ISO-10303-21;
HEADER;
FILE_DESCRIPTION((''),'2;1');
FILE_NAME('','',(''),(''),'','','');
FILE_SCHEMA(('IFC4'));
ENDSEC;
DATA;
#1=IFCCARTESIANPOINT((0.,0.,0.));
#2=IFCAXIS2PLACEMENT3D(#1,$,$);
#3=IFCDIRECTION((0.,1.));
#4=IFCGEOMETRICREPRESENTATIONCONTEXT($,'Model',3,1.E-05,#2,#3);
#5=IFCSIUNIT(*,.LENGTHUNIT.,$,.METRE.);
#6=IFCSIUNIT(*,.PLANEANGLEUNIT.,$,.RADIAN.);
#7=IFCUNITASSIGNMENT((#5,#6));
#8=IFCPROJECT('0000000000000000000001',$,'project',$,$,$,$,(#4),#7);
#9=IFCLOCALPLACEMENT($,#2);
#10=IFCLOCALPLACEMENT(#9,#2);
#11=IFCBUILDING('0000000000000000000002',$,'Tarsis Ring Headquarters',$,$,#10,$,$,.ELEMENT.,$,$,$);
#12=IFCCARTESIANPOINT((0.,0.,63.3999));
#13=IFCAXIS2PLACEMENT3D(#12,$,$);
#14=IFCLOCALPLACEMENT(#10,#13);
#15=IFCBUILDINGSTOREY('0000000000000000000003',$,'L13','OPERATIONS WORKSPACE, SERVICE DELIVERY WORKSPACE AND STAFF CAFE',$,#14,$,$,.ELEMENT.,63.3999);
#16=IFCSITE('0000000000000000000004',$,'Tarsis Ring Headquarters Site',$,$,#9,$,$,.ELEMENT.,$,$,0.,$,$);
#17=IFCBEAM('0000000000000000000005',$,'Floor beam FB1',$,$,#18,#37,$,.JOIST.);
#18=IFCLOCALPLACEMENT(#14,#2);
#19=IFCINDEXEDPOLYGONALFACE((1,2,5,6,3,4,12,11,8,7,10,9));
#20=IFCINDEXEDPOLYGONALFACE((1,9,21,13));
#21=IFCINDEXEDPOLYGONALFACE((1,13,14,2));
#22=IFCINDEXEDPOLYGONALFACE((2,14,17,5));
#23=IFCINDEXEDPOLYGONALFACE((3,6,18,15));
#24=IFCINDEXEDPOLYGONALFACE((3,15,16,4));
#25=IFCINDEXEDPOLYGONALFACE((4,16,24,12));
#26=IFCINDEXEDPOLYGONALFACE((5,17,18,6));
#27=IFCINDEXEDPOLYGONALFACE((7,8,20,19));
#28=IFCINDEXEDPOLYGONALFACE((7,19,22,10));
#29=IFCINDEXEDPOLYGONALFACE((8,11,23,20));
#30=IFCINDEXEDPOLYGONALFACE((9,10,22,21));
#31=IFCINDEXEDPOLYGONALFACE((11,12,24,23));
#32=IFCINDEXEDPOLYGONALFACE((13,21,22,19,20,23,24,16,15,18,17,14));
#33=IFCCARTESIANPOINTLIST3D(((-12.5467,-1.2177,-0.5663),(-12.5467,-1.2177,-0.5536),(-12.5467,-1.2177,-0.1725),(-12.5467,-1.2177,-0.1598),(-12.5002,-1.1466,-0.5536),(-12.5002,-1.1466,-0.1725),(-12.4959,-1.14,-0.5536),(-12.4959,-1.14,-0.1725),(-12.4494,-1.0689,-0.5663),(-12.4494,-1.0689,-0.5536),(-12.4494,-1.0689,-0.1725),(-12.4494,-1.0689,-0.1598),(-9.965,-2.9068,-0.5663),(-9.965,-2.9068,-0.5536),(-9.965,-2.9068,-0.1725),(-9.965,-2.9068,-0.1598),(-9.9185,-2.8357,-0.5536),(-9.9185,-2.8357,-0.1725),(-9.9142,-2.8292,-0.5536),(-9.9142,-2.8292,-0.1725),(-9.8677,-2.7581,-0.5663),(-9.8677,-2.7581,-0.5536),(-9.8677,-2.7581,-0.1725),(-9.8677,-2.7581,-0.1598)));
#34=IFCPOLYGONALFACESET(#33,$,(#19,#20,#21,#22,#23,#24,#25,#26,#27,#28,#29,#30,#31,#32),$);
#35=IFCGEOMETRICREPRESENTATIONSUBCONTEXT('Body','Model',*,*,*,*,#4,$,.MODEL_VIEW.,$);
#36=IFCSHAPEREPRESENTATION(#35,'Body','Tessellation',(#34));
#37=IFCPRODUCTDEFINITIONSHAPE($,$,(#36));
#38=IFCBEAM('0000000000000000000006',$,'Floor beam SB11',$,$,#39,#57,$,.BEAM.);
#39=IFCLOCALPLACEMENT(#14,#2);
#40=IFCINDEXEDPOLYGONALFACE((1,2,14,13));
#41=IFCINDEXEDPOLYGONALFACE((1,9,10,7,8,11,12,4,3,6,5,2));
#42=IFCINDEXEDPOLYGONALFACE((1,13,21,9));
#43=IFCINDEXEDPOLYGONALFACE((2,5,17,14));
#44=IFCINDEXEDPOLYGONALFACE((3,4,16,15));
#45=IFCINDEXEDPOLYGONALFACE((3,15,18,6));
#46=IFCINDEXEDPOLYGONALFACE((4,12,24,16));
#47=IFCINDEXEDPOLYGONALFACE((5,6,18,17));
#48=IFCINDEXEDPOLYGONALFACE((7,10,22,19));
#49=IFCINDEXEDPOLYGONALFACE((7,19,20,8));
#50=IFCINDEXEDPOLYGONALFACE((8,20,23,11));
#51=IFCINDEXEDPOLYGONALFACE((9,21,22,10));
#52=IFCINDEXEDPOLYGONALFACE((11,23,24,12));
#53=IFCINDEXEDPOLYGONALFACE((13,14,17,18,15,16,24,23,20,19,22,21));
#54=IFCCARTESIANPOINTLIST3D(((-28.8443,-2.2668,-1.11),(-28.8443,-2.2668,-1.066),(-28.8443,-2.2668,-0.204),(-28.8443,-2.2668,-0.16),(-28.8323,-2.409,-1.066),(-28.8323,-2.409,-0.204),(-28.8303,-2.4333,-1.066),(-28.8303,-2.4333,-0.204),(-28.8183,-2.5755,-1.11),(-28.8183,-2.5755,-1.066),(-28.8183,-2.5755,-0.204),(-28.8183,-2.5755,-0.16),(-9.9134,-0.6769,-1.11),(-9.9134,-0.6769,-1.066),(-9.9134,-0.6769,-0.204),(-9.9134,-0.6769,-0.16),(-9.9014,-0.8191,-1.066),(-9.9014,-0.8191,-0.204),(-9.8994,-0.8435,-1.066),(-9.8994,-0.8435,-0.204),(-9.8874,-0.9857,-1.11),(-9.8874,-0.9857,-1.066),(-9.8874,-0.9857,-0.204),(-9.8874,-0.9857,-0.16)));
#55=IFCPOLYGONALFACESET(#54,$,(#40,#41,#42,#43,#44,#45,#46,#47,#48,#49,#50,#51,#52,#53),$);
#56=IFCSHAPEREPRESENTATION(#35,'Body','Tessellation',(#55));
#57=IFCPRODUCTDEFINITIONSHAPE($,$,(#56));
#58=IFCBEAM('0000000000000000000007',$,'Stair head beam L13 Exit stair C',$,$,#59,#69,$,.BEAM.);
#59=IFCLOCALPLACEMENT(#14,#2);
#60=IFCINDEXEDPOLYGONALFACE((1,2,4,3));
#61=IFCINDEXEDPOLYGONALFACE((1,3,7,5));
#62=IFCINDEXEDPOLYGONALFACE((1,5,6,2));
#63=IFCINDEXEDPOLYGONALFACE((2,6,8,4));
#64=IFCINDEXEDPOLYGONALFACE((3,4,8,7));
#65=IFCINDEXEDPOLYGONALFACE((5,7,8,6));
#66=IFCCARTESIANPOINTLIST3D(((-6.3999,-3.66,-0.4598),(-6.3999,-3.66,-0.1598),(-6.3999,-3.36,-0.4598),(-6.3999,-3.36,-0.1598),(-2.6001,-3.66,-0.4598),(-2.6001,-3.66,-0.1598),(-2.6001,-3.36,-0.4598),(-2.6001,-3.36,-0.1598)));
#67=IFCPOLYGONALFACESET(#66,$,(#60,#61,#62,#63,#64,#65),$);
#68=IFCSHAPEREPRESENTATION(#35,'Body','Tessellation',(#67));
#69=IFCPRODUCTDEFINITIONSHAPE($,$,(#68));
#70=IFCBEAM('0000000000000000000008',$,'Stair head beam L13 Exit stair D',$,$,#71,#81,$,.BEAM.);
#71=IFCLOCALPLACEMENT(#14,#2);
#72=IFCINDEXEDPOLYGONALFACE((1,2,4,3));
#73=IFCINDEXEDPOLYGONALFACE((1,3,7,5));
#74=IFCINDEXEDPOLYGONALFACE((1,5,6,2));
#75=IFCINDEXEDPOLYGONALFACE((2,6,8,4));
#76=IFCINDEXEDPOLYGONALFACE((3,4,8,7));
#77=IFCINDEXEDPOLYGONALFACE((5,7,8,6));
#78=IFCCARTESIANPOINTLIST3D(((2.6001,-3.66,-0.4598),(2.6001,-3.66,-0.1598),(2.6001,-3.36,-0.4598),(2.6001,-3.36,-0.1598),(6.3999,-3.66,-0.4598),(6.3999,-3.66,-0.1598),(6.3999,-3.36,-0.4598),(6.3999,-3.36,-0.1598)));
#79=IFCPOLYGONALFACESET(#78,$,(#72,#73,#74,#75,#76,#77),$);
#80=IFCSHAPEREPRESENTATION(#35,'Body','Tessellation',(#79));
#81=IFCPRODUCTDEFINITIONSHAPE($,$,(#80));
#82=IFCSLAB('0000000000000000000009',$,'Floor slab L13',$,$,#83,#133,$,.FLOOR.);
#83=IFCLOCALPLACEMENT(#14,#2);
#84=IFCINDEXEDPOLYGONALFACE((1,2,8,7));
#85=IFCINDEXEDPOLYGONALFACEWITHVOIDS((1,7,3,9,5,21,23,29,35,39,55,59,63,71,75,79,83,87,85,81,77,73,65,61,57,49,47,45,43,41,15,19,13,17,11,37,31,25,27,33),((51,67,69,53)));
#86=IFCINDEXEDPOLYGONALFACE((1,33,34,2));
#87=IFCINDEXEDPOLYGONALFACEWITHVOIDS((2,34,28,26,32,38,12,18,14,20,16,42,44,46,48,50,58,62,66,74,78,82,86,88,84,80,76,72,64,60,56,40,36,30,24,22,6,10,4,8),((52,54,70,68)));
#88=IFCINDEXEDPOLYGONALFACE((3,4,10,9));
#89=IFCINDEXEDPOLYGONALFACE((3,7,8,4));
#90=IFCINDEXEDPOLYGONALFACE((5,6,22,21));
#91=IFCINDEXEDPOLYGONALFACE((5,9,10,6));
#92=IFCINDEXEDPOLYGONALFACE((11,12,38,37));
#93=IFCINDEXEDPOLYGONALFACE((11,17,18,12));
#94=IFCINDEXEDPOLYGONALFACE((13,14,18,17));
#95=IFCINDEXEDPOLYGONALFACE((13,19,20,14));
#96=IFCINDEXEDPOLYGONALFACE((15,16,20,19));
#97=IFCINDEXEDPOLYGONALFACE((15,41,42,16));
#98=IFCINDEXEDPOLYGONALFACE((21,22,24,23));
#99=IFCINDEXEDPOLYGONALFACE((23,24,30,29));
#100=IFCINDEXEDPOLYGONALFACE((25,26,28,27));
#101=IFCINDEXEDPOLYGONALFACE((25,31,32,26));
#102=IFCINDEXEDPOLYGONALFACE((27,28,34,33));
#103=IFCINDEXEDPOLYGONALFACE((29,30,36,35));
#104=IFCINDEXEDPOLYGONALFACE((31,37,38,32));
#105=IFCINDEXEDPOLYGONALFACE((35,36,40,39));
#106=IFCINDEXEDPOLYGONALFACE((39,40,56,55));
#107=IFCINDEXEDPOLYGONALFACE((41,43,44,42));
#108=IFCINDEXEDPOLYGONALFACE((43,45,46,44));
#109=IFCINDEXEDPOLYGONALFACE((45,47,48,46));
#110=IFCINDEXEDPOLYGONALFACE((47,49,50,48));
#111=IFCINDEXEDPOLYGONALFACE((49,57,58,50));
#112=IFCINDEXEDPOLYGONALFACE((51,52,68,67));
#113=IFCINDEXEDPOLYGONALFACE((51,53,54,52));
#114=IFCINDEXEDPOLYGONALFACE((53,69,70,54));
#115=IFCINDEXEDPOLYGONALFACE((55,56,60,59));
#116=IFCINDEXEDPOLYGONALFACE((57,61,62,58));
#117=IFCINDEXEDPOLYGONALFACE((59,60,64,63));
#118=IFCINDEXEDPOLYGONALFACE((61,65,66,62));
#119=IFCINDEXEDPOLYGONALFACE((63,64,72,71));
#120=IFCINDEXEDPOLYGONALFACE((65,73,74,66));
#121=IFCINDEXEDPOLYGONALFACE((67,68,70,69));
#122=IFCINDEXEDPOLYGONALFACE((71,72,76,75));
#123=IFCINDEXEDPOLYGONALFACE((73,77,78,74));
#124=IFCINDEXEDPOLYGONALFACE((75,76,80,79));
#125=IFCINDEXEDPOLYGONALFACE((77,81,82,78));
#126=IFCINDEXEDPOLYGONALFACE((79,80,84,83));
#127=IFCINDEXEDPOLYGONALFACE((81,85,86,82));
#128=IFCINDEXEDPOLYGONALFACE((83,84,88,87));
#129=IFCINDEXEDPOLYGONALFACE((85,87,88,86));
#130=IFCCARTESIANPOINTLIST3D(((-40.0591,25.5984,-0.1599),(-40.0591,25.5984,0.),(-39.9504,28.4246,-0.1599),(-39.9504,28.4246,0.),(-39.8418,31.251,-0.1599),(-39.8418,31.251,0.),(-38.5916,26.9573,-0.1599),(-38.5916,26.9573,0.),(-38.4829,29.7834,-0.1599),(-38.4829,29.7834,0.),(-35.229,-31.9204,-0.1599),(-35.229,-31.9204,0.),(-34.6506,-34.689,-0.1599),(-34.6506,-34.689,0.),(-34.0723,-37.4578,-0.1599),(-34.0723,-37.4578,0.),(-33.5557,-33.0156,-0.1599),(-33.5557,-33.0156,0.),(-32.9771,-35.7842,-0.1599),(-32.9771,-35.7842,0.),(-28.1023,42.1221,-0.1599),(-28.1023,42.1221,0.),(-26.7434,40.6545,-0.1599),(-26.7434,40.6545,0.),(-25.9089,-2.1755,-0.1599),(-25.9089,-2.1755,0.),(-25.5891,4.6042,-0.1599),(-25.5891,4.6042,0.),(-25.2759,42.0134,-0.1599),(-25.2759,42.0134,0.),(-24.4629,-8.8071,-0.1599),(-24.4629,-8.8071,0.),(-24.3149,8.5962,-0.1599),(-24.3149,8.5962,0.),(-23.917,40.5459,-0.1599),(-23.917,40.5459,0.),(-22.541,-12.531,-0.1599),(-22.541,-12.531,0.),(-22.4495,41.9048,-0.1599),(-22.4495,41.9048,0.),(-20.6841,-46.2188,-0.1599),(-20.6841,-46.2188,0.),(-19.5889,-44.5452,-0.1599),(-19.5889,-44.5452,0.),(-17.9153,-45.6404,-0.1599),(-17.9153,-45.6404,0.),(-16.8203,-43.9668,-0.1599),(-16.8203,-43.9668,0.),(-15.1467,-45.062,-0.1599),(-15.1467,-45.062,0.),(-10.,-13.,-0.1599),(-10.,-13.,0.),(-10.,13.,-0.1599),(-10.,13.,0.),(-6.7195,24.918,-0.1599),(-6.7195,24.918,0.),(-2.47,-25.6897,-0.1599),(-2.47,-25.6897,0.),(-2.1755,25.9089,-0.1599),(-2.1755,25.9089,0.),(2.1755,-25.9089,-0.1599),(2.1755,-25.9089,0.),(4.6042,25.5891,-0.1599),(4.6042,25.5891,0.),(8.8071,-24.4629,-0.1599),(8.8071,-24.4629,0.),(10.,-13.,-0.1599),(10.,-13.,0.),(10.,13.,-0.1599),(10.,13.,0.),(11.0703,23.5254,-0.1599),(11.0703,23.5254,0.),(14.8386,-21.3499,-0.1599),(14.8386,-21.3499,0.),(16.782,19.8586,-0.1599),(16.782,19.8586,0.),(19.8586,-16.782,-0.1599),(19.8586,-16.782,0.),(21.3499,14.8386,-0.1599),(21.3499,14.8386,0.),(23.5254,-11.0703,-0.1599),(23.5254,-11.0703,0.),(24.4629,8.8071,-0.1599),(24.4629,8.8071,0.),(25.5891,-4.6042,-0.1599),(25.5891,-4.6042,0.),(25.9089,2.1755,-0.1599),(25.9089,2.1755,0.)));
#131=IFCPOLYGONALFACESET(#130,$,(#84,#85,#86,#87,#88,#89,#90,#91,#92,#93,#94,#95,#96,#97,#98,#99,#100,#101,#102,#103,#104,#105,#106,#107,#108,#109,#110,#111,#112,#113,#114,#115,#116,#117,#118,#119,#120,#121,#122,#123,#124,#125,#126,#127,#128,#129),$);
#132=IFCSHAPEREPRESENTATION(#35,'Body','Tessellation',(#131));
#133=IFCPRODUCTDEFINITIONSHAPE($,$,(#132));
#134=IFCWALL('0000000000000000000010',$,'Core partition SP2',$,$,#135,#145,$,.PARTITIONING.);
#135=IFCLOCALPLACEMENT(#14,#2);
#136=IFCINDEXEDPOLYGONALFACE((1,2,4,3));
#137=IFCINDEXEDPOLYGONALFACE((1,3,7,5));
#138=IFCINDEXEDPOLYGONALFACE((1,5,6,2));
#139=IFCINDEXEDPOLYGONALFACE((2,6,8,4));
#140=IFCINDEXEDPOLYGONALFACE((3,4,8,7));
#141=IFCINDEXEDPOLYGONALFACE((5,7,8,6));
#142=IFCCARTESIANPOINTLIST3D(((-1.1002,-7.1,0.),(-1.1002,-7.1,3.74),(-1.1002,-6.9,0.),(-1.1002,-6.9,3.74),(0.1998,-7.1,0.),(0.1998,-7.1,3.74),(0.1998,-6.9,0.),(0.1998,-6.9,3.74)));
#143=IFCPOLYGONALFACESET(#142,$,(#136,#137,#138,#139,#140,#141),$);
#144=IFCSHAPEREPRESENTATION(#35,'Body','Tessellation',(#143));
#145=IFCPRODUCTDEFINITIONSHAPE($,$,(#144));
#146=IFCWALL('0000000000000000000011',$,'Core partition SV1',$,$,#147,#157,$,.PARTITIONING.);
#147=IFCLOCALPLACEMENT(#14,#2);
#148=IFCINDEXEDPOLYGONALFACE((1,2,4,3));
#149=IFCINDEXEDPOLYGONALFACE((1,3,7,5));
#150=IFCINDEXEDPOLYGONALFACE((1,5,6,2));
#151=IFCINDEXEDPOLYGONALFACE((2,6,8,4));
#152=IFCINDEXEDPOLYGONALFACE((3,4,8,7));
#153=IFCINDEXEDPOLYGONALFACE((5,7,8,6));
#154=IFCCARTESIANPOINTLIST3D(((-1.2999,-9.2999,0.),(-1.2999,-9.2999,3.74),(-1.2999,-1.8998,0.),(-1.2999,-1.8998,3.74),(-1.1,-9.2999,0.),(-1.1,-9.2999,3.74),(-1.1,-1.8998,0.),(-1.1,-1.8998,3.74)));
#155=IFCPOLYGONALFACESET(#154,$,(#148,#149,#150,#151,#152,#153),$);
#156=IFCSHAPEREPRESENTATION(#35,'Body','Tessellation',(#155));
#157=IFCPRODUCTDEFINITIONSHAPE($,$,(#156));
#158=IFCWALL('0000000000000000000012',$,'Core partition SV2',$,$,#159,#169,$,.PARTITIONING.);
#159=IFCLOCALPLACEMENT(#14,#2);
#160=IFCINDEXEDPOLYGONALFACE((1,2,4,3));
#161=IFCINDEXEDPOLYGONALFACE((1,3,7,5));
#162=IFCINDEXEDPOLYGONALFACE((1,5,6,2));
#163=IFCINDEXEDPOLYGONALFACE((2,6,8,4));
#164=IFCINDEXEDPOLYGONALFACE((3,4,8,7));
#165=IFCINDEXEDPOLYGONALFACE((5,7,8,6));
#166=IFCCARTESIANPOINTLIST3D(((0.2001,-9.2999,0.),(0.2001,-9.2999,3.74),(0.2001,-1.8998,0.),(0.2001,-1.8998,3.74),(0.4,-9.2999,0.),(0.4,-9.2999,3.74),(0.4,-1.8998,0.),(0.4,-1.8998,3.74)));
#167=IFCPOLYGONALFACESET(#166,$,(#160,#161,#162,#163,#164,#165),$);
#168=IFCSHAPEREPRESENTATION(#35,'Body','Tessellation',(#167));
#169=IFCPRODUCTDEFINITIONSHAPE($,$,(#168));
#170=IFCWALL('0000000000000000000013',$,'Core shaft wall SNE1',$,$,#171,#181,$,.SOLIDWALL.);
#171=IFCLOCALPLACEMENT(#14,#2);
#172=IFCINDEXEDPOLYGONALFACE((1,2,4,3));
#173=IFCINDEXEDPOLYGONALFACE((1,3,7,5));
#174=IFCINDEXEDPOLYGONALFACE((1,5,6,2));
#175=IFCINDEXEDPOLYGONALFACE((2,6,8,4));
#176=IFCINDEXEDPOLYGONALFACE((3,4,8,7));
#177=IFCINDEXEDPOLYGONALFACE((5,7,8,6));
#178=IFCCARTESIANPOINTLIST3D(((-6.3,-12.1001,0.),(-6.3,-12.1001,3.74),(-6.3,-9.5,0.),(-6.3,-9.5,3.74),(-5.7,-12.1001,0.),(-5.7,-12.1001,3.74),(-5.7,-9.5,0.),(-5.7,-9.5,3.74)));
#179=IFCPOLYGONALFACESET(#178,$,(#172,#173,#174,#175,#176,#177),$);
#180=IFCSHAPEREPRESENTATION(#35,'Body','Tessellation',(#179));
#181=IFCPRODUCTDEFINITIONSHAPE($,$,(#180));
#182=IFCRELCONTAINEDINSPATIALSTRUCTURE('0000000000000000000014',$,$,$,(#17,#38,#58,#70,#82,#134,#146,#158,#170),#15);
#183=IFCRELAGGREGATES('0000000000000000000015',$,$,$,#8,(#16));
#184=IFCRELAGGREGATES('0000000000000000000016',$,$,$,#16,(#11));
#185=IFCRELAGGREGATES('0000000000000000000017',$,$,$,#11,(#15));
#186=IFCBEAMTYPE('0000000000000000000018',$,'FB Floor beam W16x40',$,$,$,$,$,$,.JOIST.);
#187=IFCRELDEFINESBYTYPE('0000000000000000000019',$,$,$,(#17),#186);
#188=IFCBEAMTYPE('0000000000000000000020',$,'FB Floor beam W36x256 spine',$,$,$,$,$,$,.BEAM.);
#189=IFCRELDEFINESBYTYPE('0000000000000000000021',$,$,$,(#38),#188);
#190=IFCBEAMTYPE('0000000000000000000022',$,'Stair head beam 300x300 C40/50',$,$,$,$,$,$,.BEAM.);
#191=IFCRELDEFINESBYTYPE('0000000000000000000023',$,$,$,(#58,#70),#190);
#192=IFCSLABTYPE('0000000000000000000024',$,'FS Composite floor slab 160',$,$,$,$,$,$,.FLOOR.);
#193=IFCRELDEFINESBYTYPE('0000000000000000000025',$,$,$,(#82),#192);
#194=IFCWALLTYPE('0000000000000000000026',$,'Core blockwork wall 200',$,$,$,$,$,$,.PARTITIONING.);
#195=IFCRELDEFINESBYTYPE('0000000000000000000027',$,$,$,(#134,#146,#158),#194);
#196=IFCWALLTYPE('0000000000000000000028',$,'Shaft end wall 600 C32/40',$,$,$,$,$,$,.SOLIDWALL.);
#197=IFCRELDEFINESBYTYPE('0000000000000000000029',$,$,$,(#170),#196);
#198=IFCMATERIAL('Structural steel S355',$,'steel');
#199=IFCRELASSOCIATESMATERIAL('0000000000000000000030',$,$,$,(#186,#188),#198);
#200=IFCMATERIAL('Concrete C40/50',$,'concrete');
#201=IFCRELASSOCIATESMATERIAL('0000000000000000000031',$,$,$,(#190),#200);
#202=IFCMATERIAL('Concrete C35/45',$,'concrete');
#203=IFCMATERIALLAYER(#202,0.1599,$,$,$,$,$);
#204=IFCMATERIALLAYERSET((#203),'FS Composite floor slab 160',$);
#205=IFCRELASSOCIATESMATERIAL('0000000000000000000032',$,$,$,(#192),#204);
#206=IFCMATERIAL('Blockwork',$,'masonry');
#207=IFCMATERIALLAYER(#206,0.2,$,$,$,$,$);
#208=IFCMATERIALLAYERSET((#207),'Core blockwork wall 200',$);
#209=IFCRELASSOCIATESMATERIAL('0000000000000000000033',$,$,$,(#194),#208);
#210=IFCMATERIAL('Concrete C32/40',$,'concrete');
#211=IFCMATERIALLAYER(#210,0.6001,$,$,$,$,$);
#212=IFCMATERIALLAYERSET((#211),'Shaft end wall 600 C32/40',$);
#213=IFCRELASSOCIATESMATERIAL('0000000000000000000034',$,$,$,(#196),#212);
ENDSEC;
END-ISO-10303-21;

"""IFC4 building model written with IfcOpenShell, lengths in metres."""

from ifc_helpers import new_model, si_unit, direction, frame, frame_2d, origin, origin_2d, place, context, subcontext, project, spatial, polyline, rectangle, i_section, outline, extrude, material, layer, layer_set, material_profile, profile_set, type_object, element, save


model = new_model("IFC4")

# Units and contexts
model_context = context("Model", 3, precision=1e-05, world=origin(), true_north=direction((0.0, 1.0)))
body_context = subcontext(model_context, "Body", "Model", "MODEL_VIEW")
ifc_project = project(units=[si_unit("LENGTHUNIT", "METRE"), si_unit("PLANEANGLEUNIT", "RADIAN")], contexts=[model_context])

# Site, building, storey
site_placement = place(None, origin())
site = spatial("IfcSite", under=ifc_project, at=site_placement, Name="Tarsis Ring Headquarters Site", CompositionType="ELEMENT", RefElevation=0.0)
building_placement = place(site_placement, origin())
building = spatial("IfcBuilding", under=site, at=building_placement, Name="Tarsis Ring Headquarters", CompositionType="ELEMENT")
storey_placement = place(building_placement, frame((0.0, 0.0, 63.3999)))
storey = spatial("IfcBuildingStorey", under=building, at=storey_placement, Name="L13", Description="OPERATIONS WORKSPACE, SERVICE DELIVERY WORKSPACE AND STAFF CAFE", CompositionType="ELEMENT", Elevation=63.3999)

# Beams
ifc_material_1 = material(Name="Structural steel S355", Category="steel")
ifc_material_profile_1 = material_profile(ifc_material_1, i_section(OverallWidth=0.1777, OverallDepth=0.4065, WebThickness=0.0078, FlangeThickness=0.0127, at=origin_2d()), Name="W16x40")
ifc_profile_set_1 = profile_set([ifc_material_profile_1], Name="Structural steel S355")
beam_type_1 = type_object("IfcBeamType", Name="FB Floor beam W16x40", PredefinedType="JOIST", material=ifc_profile_set_1)
beam_1_placement = place(storey_placement, frame((-12.498, -1.1433, -0.363), z_axis=(0.836804, -0.547503, 0.0), x_axis=(0.547503, 0.836804, 0.0)))
element("IfcBeam", 1, at=beam_1_placement, inside=storey, type_object=beam_type_1, Name="Floor beam FB1", PredefinedType="JOIST", context=body_context, shape_type="SweptSolid", body=[
    extrude(i_section(OverallWidth=0.1777, OverallDepth=0.4065, WebThickness=0.0078, FlangeThickness=0.0127, at=origin_2d()), origin(), (0.0, 0.0, 1.0), 3.0852),
])
ifc_material_profile_2 = material_profile(ifc_material_1, i_section(OverallWidth=0.3098, OverallDepth=0.95, WebThickness=0.0244, FlangeThickness=0.0439, at=origin_2d()), Name="W36x256")
ifc_profile_set_2 = profile_set([ifc_material_profile_2], Name="Structural steel S355")
beam_type_2 = type_object("IfcBeamType", Name="FB Floor beam W36x256 spine", PredefinedType="BEAM", material=ifc_profile_set_2)
beam_2_placement = place(storey_placement, frame((-9.9004, -0.8313, -0.635), z_axis=(-0.996492, -0.083687, 0.0), x_axis=(0.083687, -0.996492, 0.0)))
element("IfcBeam", 2, at=beam_2_placement, inside=storey, type_object=beam_type_2, Name="Floor beam SB11", PredefinedType="BEAM", context=body_context, shape_type="SweptSolid", body=[
    extrude(i_section(OverallWidth=0.3098, OverallDepth=0.95, WebThickness=0.0244, FlangeThickness=0.0439, at=origin_2d()), origin(), (0.0, 0.0, 1.0), 18.9976),
])
ifc_material_2 = material(Name="Concrete C40/50", Category="concrete")
ifc_material_profile_3 = material_profile(ifc_material_2, rectangle(XDim=0.3, YDim=0.3, at=origin_2d()), Name="Stair head beam 300x300 C40/50")
ifc_profile_set_3 = profile_set([ifc_material_profile_3], Name="Concrete C40/50")
beam_type_3 = type_object("IfcBeamType", Name="Stair head beam 300x300 C40/50", PredefinedType="BEAM", material=ifc_profile_set_3)
for number, where, z_axis, x_axis, name in (
    (3, (-6.3999, -3.51, -0.3098), (1.0, 0.0, 0.0), (0.0, 1.0, 0.0), "Stair head beam L13 Exit stair C"),
    (4, (2.6001, -3.51, -0.3098), (1.0, 0.0, 0.0), (0.0, 1.0, 0.0), "Stair head beam L13 Exit stair D"),
):
    element("IfcBeam", number, at=place(storey_placement, frame(where, z_axis=z_axis, x_axis=x_axis)), inside=storey, type_object=beam_type_3, Name=name, PredefinedType="BEAM", context=body_context, shape_type="SweptSolid", body=[
        extrude(rectangle(XDim=0.3, YDim=0.3, at=origin_2d()), origin(), (0.0, 0.0, 1.0), 3.7998),
    ])

# Slab
ifc_material_3 = material(Name="Concrete C35/45", Category="concrete")
ifc_layer_1 = layer(ifc_material_3, 0.1599)
ifc_layer_set_1 = layer_set([ifc_layer_1], Name="FS Composite floor slab 160")
slab_type = type_object("IfcSlabType", Name="FS Composite floor slab 160", PredefinedType="FLOOR", material=ifc_layer_set_1)
slab_placement = place(storey_placement, frame((0.0, 0.0, -0.1599)))
element("IfcSlab", 5, at=slab_placement, inside=storey, type_object=slab_type, Name="Floor slab L13", PredefinedType="FLOOR", context=body_context, shape_type="SweptSolid", body=[
    extrude(outline(polyline([(-24.3149, 8.5962), (-25.5891, 4.6042), (-25.9089, -2.1755), (-24.4629, -8.8071), (-22.541, -12.531), (-35.229, -31.9204), (-33.5557, -33.0156), (-34.6506, -34.689), (-32.9771, -35.7842), (-34.0723, -37.4578), (-20.6841, -46.2188), (-19.5889, -44.5452), (-17.9153, -45.6404), (-16.8203, -43.9668), (-15.1467, -45.062), (-2.47, -25.6897), (2.1755, -25.9089), (8.8071, -24.4629), (14.8386, -21.3499), (19.8586, -16.782), (23.5254, -11.0703), (25.5891, -4.6042), (25.9089, 2.1755), (24.4629, 8.8071), (21.3499, 14.8386), (16.782, 19.8586), (11.0703, 23.5254), (4.6042, 25.5891), (-2.1755, 25.9089), (-6.7195, 24.918), (-22.4495, 41.9048), (-23.917, 40.5459), (-25.2759, 42.0134), (-26.7434, 40.6545), (-28.1023, 42.1221), (-39.8418, 31.251), (-38.4829, 29.7834), (-39.9504, 28.4246), (-38.5916, 26.9573), (-40.0591, 25.5984), (-24.3149, 8.5962)]), holes=[polyline([(-10.0, -13.0), (-10.0, 13.0), (10.0, 13.0), (10.0, -13.0), (-10.0, -13.0)])]), origin(), (0.0, 0.0, 1.0), 0.1599),
])

# Walls
ifc_material_4 = material(Name="Blockwork", Category="masonry")
ifc_layer_2 = layer(ifc_material_4, 0.2)
ifc_layer_set_2 = layer_set([ifc_layer_2], Name="Core blockwork wall 200")
wall_type_1 = type_object("IfcWallType", Name="Core blockwork wall 200", PredefinedType="PARTITIONING", material=ifc_layer_set_2)
wall_1_placement = place(storey_placement, frame((-1.1001, -7.0, 0.0), z_axis=(0.0, 0.0, 1.0), x_axis=(1.0, 0.0, 0.0)))
element("IfcWall", 6, at=wall_1_placement, inside=storey, type_object=wall_type_1, Name="Core partition SP2", PredefinedType="PARTITIONING", context=body_context, shape_type="SweptSolid", body=[
    extrude(rectangle(XDim=1.3, YDim=0.2, at=frame_2d((0.6499, 0.0))), origin(), (0.0, 0.0, 1.0), 3.74),
])
for number, where, z_axis, x_axis, name in (
    (7, (-1.2, -9.3, 0.0), (0.0, 0.0, 1.0), (0.0, 1.0, 0.0), "Core partition SV1"),
    (8, (0.3, -9.3, 0.0), (0.0, 0.0, 1.0), (0.0, 1.0, 0.0), "Core partition SV2"),
):
    element("IfcWall", number, at=place(storey_placement, frame(where, z_axis=z_axis, x_axis=x_axis)), inside=storey, type_object=wall_type_1, Name=name, PredefinedType="PARTITIONING", context=body_context, shape_type="SweptSolid", body=[
        extrude(rectangle(XDim=7.4001, YDim=0.2, at=frame_2d((3.7002, 0.0))), origin(), (0.0, 0.0, 1.0), 3.74),
    ])
ifc_material_5 = material(Name="Concrete C32/40", Category="concrete")
ifc_layer_3 = layer(ifc_material_5, 0.6001)
ifc_layer_set_3 = layer_set([ifc_layer_3], Name="Shaft end wall 600 C32/40")
wall_type_2 = type_object("IfcWallType", Name="Shaft end wall 600 C32/40", PredefinedType="SOLIDWALL", material=ifc_layer_set_3)
wall_2_placement = place(storey_placement, frame((-6.0, -12.1001, 0.0), z_axis=(0.0, 0.0, 1.0), x_axis=(0.0, 1.0, 0.0)))
element("IfcWall", 9, at=wall_2_placement, inside=storey, type_object=wall_type_2, Name="Core shaft wall SNE1", PredefinedType="SOLIDWALL", context=body_context, shape_type="SweptSolid", body=[
    extrude(rectangle(XDim=2.6001, YDim=0.6001, at=frame_2d((1.3, 0.0))), origin(), (0.0, 0.0, 1.0), 3.74),
])

save(model, "model.ifc")
